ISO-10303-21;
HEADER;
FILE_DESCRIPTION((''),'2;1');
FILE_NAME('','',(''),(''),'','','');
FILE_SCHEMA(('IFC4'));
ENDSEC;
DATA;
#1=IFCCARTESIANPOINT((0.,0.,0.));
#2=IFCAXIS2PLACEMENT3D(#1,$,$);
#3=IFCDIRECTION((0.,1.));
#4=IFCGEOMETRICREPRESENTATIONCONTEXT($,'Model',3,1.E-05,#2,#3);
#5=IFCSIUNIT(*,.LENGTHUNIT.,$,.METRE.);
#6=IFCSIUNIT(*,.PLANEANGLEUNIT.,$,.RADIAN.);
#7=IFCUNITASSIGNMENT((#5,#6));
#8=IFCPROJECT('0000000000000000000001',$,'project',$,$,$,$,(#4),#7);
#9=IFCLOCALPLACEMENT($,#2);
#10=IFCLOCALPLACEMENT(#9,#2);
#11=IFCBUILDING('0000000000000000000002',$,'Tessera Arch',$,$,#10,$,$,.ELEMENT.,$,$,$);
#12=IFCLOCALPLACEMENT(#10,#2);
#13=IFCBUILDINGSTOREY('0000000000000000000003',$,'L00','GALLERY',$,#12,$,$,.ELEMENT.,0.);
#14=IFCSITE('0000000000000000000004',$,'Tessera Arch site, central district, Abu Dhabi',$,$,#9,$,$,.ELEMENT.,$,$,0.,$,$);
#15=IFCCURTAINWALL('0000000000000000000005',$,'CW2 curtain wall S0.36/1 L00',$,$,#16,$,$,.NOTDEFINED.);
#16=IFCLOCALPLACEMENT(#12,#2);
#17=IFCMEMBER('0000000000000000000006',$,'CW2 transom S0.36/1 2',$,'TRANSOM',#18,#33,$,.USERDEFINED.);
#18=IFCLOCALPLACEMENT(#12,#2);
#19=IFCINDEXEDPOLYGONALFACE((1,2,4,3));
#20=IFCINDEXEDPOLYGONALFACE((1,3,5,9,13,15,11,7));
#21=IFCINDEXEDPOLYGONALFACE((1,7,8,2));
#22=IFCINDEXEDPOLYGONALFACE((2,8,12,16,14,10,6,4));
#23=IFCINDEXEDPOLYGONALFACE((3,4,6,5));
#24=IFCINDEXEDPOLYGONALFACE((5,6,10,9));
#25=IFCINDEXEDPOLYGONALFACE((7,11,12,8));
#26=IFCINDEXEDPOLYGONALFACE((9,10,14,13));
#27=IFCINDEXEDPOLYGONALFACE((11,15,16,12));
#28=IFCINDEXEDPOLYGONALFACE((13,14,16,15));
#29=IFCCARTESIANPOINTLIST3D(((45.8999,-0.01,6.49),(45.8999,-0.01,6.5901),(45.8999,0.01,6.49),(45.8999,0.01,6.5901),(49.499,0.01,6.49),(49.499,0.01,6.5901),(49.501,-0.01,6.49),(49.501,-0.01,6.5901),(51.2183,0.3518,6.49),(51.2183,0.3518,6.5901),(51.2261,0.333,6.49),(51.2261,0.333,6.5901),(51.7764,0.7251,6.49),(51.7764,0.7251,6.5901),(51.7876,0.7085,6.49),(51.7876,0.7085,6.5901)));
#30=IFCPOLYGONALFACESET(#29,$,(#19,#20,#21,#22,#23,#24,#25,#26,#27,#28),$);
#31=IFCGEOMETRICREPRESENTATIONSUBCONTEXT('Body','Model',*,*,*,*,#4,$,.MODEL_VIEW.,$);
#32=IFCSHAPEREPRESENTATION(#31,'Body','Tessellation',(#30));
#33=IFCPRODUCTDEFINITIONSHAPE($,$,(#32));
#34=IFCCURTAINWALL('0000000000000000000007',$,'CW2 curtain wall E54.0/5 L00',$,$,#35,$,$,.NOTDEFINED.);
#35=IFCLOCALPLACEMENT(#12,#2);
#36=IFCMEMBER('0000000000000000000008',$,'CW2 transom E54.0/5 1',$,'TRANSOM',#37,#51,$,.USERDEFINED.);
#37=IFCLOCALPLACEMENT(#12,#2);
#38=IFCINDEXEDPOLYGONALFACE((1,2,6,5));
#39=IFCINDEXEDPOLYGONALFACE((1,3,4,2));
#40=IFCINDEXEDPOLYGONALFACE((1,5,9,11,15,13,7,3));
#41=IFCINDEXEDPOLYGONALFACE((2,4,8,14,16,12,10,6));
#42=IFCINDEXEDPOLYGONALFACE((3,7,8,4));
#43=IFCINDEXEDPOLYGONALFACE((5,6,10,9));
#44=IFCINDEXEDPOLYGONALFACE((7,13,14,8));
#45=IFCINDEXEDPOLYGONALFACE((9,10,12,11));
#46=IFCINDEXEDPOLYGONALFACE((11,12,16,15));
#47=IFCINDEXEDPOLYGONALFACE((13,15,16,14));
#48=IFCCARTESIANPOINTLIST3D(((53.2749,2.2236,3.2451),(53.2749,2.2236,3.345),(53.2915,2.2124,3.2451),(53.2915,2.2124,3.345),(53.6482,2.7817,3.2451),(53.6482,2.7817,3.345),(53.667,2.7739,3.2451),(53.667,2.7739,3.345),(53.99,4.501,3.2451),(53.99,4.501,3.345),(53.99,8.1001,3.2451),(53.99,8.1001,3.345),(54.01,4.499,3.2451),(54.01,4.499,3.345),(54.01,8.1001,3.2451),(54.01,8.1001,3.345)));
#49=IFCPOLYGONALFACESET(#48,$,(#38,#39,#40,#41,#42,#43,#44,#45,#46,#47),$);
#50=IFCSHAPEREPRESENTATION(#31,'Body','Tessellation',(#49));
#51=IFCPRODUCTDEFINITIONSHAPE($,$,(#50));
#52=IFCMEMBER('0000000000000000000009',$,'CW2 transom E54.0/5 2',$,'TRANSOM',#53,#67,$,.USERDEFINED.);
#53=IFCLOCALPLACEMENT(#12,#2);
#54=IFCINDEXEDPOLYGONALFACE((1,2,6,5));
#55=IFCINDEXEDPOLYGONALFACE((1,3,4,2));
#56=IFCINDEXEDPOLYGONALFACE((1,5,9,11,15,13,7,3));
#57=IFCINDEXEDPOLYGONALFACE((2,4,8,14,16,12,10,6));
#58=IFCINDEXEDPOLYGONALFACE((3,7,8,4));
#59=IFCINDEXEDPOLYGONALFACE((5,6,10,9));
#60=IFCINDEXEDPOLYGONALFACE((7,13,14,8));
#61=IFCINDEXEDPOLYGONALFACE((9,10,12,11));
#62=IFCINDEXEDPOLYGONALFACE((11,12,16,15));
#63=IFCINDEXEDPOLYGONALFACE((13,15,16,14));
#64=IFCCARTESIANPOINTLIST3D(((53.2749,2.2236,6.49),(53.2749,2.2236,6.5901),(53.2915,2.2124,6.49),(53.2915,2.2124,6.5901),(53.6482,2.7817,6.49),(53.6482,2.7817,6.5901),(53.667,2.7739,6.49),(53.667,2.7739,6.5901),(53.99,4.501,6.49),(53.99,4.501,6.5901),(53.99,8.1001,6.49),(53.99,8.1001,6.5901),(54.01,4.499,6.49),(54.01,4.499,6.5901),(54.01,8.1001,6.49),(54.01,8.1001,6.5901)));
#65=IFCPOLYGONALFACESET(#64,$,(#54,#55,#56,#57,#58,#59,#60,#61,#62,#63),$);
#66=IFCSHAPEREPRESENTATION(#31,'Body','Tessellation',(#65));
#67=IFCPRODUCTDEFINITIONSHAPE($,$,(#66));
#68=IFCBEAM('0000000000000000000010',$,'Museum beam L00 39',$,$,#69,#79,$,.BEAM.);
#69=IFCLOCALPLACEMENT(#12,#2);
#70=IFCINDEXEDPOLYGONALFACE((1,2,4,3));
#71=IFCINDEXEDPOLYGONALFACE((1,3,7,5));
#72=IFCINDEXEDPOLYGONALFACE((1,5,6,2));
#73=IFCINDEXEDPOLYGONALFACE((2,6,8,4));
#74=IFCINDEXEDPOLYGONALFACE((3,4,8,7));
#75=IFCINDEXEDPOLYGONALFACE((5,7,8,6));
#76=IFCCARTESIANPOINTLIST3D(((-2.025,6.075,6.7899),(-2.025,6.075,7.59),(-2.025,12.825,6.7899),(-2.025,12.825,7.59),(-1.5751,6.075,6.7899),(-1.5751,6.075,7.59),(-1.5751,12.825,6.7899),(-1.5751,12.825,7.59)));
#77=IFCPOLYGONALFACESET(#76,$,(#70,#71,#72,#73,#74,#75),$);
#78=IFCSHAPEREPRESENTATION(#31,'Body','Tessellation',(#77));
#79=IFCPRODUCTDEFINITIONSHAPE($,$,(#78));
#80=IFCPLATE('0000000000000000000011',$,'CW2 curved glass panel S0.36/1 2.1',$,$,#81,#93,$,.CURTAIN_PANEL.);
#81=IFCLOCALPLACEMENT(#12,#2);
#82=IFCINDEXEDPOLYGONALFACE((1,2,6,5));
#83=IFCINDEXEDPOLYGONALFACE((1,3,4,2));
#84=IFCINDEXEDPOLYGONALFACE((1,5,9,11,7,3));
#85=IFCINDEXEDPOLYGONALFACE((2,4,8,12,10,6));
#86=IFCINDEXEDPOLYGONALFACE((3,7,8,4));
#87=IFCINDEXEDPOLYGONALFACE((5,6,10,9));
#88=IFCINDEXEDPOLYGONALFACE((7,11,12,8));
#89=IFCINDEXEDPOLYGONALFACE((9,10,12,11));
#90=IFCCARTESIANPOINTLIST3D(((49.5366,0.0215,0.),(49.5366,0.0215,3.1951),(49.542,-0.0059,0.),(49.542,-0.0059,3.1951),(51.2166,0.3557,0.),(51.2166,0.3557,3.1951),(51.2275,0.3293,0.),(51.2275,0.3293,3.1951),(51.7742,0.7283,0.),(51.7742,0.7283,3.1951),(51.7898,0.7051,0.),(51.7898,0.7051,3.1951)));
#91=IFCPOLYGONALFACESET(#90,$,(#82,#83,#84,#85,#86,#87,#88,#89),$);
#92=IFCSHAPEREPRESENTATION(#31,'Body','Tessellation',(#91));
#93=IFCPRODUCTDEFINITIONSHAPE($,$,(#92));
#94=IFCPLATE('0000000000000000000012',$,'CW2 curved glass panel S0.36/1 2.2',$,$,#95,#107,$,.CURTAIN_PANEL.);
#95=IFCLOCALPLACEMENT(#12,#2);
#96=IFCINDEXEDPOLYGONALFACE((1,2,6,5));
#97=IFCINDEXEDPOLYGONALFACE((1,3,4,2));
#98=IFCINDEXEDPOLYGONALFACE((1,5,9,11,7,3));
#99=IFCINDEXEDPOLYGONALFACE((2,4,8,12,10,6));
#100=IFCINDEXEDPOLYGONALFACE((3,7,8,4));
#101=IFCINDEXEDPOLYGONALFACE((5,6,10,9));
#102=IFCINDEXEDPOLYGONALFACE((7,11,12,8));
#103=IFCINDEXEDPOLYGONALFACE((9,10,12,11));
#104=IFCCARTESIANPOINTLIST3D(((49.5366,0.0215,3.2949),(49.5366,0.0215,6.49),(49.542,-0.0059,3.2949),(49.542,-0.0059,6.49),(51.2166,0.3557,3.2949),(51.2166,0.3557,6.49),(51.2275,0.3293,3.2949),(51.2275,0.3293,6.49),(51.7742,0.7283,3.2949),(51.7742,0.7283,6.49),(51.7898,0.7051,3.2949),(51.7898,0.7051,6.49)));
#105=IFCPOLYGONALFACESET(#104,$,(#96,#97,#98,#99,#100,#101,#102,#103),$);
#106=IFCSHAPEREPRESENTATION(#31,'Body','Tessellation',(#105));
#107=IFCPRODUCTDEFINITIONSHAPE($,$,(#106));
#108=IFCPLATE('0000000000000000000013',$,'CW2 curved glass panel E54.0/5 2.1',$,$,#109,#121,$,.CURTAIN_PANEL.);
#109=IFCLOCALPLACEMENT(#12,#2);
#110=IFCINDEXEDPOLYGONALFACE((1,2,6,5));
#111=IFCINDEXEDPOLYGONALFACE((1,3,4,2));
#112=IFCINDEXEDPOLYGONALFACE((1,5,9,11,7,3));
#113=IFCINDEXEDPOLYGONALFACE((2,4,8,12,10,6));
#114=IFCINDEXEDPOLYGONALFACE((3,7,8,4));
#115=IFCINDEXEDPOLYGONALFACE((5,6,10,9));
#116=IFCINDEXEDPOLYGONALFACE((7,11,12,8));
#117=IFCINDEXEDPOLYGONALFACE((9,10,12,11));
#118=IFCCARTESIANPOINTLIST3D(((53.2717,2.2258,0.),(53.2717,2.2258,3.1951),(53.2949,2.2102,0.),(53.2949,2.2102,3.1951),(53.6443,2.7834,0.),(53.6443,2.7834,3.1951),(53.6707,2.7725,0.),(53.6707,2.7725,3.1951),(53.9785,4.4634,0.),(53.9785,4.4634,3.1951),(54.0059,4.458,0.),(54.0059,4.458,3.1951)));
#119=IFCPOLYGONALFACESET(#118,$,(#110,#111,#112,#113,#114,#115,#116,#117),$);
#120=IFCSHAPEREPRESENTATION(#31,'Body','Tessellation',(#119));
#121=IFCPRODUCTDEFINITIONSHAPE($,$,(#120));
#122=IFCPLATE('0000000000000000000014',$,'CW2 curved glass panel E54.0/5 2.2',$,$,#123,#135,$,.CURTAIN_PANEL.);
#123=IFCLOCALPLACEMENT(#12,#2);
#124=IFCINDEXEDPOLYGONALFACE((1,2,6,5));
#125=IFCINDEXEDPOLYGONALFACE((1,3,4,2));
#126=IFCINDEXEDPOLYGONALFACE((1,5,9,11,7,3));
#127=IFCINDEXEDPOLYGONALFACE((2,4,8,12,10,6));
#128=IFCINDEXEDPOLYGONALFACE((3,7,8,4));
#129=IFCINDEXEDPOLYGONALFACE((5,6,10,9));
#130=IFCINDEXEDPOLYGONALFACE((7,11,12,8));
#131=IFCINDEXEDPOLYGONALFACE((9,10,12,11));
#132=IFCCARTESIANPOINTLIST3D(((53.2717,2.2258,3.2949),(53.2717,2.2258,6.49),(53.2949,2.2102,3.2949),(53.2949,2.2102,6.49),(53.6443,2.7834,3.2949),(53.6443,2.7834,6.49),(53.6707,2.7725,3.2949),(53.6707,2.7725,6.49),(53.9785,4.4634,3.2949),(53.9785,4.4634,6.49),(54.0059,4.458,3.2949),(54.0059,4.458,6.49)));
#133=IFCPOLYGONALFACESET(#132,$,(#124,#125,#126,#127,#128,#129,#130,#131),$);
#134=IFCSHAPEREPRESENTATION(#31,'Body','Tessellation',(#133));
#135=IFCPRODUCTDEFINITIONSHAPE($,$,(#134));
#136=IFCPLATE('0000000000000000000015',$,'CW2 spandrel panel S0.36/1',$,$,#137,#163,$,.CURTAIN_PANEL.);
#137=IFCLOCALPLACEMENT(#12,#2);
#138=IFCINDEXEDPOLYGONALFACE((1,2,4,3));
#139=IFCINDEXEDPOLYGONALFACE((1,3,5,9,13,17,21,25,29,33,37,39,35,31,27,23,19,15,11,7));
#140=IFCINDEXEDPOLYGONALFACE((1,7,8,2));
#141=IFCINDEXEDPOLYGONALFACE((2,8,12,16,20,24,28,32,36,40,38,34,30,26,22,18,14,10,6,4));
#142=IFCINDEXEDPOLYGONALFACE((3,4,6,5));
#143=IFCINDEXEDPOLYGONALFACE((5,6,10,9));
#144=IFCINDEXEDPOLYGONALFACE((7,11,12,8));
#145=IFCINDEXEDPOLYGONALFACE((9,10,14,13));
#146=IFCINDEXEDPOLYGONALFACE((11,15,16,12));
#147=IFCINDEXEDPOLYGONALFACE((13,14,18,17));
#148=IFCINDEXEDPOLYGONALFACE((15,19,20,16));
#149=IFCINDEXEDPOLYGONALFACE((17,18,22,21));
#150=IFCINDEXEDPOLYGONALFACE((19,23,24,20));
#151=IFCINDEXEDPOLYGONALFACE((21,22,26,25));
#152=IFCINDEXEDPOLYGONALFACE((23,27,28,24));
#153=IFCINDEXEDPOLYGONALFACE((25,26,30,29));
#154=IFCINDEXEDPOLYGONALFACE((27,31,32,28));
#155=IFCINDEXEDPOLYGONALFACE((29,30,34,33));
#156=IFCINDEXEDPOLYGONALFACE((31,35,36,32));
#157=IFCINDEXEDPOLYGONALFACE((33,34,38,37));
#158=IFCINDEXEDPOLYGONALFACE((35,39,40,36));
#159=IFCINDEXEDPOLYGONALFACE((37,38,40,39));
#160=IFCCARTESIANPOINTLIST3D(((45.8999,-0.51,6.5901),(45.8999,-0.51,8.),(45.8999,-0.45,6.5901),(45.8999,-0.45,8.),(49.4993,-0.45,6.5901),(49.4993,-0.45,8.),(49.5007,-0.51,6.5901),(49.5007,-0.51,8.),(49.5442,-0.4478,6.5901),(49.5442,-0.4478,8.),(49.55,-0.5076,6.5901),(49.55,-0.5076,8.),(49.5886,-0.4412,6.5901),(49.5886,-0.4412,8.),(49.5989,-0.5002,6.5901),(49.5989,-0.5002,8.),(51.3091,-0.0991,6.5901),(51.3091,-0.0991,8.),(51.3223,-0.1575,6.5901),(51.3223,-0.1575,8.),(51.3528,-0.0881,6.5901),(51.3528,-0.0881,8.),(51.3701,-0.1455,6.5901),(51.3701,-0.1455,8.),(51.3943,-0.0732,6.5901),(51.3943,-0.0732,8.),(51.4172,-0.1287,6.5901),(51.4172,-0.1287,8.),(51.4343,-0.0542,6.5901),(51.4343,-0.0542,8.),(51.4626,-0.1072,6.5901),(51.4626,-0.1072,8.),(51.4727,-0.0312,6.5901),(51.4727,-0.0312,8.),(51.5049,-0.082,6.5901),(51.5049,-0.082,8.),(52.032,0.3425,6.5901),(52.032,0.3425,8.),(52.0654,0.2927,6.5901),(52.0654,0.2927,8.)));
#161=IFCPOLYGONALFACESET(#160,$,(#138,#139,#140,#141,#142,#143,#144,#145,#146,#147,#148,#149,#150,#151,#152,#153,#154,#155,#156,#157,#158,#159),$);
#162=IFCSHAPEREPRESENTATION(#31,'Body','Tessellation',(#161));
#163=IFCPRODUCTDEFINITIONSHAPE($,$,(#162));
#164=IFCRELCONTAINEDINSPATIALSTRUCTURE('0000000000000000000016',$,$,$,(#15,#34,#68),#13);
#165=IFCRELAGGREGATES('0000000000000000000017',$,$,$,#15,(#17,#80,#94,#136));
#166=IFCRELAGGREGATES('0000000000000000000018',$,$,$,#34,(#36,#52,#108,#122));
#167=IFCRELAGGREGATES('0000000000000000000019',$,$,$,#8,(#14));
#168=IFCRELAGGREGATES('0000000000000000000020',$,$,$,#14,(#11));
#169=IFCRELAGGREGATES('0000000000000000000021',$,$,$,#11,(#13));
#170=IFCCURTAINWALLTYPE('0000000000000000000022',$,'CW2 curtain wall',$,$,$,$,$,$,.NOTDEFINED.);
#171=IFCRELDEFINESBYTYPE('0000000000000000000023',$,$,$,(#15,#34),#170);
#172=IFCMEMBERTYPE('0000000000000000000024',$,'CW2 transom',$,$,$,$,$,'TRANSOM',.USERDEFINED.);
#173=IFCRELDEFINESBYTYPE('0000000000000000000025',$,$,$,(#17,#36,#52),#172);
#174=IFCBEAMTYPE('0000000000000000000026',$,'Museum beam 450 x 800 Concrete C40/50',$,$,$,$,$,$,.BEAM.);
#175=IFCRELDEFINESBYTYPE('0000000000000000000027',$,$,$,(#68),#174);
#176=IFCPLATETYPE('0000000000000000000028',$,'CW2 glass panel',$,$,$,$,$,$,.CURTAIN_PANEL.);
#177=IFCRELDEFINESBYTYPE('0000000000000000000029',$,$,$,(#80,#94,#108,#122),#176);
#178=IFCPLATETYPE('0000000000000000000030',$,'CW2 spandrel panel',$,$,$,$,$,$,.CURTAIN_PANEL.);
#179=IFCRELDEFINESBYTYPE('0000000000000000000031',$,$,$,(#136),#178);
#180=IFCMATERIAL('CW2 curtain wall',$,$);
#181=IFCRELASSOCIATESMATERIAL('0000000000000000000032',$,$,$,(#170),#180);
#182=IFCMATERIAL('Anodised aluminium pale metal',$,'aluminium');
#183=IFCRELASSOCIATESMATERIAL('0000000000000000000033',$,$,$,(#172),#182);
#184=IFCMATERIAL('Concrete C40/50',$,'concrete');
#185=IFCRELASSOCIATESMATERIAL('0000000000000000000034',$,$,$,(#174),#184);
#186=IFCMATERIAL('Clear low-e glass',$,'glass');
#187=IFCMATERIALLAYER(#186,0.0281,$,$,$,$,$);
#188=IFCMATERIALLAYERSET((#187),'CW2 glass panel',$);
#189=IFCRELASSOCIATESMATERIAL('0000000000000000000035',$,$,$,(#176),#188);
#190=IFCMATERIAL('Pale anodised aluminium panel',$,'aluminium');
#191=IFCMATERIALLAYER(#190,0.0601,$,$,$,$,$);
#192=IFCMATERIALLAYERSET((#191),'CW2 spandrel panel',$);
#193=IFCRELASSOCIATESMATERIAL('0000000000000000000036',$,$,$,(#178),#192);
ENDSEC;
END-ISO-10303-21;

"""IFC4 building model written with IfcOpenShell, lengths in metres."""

from ifc_helpers import new_model, si_unit, direction, frame, origin, origin_2d, place, context, subcontext, project, spatial, polyline, rectangle, outline, extrude, material, layer, layer_set, material_profile, profile_set, type_object, element, aggregate, save


model = new_model("IFC4")

# Units and contexts
model_context = context("Model", 3, precision=1e-05, world=origin(), true_north=direction((0.0, 1.0)))
body_context = subcontext(model_context, "Body", "Model", "MODEL_VIEW")
ifc_project = project(units=[si_unit("LENGTHUNIT", "METRE"), si_unit("PLANEANGLEUNIT", "RADIAN")], contexts=[model_context])

# Site, building, storey
site_placement = place(None, origin())
site = spatial("IfcSite", under=ifc_project, at=site_placement, Name="Tessera Arch site, central district, Abu Dhabi", CompositionType="ELEMENT", RefElevation=0.0)
building_placement = place(site_placement, origin())
building = spatial("IfcBuilding", under=site, at=building_placement, Name="Tessera Arch", CompositionType="ELEMENT")
storey_placement = place(building_placement, origin())
storey = spatial("IfcBuildingStorey", under=building, at=storey_placement, Name="L00", Description="GALLERY", CompositionType="ELEMENT", Elevation=0.0)

# Curtain wall, member
ifc_material_1 = material(Name="CW2 curtain wall")
curtain_wall_type = type_object("IfcCurtainWallType", Name="CW2 curtain wall", PredefinedType="NOTDEFINED", material=ifc_material_1)
curtain_wall_1_placement = place(storey_placement, origin())
curtain_wall_1 = element("IfcCurtainWall", 1, at=curtain_wall_1_placement, inside=storey, type_object=curtain_wall_type, Name="CW2 curtain wall S0.36/1 L00", PredefinedType="NOTDEFINED")
ifc_material_2 = material(Name="Anodised aluminium pale metal", Category="aluminium")
ifc_material_profile_1 = material_profile(ifc_material_2, rectangle(XDim=0.2, YDim=0.1001, at=origin_2d()), Name="AL 200x100")
ifc_profile_set_1 = profile_set([ifc_material_profile_1], Name="Anodised aluminium pale metal")
member_type = type_object("IfcMemberType", Name="CW2 transom", ElementType="TRANSOM", PredefinedType="USERDEFINED", material=ifc_profile_set_1)
member_1_placement = place(storey_placement, frame((0.0, 0.0, 6.49)))
member_1 = element("IfcMember", 2, at=member_1_placement, type_object=member_type, Name="CW2 transom S0.36/1 2", ObjectType="TRANSOM", PredefinedType="USERDEFINED", context=body_context, shape_type="SweptSolid", body=[
    extrude(outline(polyline([(49.499, 0.01), (45.8999, 0.01), (45.8999, -0.01), (49.501, -0.01), (51.2261, 0.333), (51.7876, 0.7085), (51.7764, 0.7251), (51.2183, 0.3518), (49.499, 0.01)])), origin(), (0.0, 0.0, 1.0), 0.1001),
])

# Curtain wall, members
curtain_wall_2_placement = place(storey_placement, origin())
curtain_wall_2 = element("IfcCurtainWall", 3, at=curtain_wall_2_placement, inside=storey, type_object=curtain_wall_type, Name="CW2 curtain wall E54.0/5 L00", PredefinedType="NOTDEFINED")
member_2_placement = place(storey_placement, frame((0.0, 0.0, 3.2451)))
member_2 = element("IfcMember", 4, at=member_2_placement, type_object=member_type, Name="CW2 transom E54.0/5 1", ObjectType="TRANSOM", PredefinedType="USERDEFINED", context=body_context, shape_type="SweptSolid", body=[
    extrude(outline(polyline([(53.6482, 2.7817), (53.2749, 2.2236), (53.2915, 2.2124), (53.667, 2.7739), (54.01, 4.499), (54.01, 8.1001), (53.99, 8.1001), (53.99, 4.501), (53.6482, 2.7817)])), origin(), (0.0, 0.0, 1.0), 0.0999),
])
member_3_placement = place(storey_placement, frame((0.0, 0.0, 6.49)))
member_3 = element("IfcMember", 5, at=member_3_placement, type_object=member_type, Name="CW2 transom E54.0/5 2", ObjectType="TRANSOM", PredefinedType="USERDEFINED", context=body_context, shape_type="SweptSolid", body=[
    extrude(outline(polyline([(53.6482, 2.7817), (53.2749, 2.2236), (53.2915, 2.2124), (53.667, 2.7739), (54.01, 4.499), (54.01, 8.1001), (53.99, 8.1001), (53.99, 4.501), (53.6482, 2.7817)])), origin(), (0.0, 0.0, 1.0), 0.1001),
])

# Beam
ifc_material_3 = material(Name="Concrete C40/50", Category="concrete")
ifc_material_profile_2 = material_profile(ifc_material_3, rectangle(XDim=0.45, YDim=0.8, at=origin_2d()), Name="Museum beam 450 x 800 Concrete C40/50")
ifc_profile_set_2 = profile_set([ifc_material_profile_2], Name="Concrete C40/50")
beam_type = type_object("IfcBeamType", Name="Museum beam 450 x 800 Concrete C40/50", PredefinedType="BEAM", material=ifc_profile_set_2)
beam_placement = place(storey_placement, frame((-1.8, 6.075, 7.1899), z_axis=(0.0, 1.0, 0.0), x_axis=(-1.0, 0.0, 0.0)))
element("IfcBeam", 6, at=beam_placement, inside=storey, type_object=beam_type, Name="Museum beam L00 39", PredefinedType="BEAM", context=body_context, shape_type="SweptSolid", body=[
    extrude(rectangle(XDim=0.45, YDim=0.8, at=origin_2d()), origin(), (0.0, 0.0, 1.0), 6.75),
])

# Plates
ifc_material_4 = material(Name="Clear low-e glass", Category="glass")
ifc_layer_1 = layer(ifc_material_4, 0.0281)
ifc_layer_set_1 = layer_set([ifc_layer_1], Name="CW2 glass panel")
plate_type_1 = type_object("IfcPlateType", Name="CW2 glass panel", PredefinedType="CURTAIN_PANEL", material=ifc_layer_set_1)
plate_1_placement = place(storey_placement, origin())
plate_1 = element("IfcPlate", 7, at=plate_1_placement, type_object=plate_type_1, Name="CW2 curved glass panel S0.36/1 2.1", PredefinedType="CURTAIN_PANEL", context=body_context, shape_type="SweptSolid", body=[
    extrude(outline(polyline([(51.2166, 0.3557), (49.5366, 0.0215), (49.542, -0.0059), (51.2275, 0.3293), (51.7898, 0.7051), (51.7742, 0.7283), (51.2166, 0.3557)])), origin(), (0.0, 0.0, 1.0), 3.1951),
])
plate_2_placement = place(storey_placement, frame((0.0, 0.0, 3.2949)))
plate_2 = element("IfcPlate", 8, at=plate_2_placement, type_object=plate_type_1, Name="CW2 curved glass panel S0.36/1 2.2", PredefinedType="CURTAIN_PANEL", context=body_context, shape_type="SweptSolid", body=[
    extrude(outline(polyline([(51.2166, 0.3557), (49.5366, 0.0215), (49.542, -0.0059), (51.2275, 0.3293), (51.7898, 0.7051), (51.7742, 0.7283), (51.2166, 0.3557)])), origin(), (0.0, 0.0, 1.0), 3.1951),
])
plate_3_placement = place(storey_placement, origin())
plate_3 = element("IfcPlate", 9, at=plate_3_placement, type_object=plate_type_1, Name="CW2 curved glass panel E54.0/5 2.1", PredefinedType="CURTAIN_PANEL", context=body_context, shape_type="SweptSolid", body=[
    extrude(outline(polyline([(53.6443, 2.7834), (53.2717, 2.2258), (53.2949, 2.2102), (53.6707, 2.7725), (54.0059, 4.458), (53.9785, 4.4634), (53.6443, 2.7834)])), origin(), (0.0, 0.0, 1.0), 3.1951),
])
plate_4_placement = place(storey_placement, frame((0.0, 0.0, 3.2949)))
plate_4 = element("IfcPlate", 10, at=plate_4_placement, type_object=plate_type_1, Name="CW2 curved glass panel E54.0/5 2.2", PredefinedType="CURTAIN_PANEL", context=body_context, shape_type="SweptSolid", body=[
    extrude(outline(polyline([(53.6443, 2.7834), (53.2717, 2.2258), (53.2949, 2.2102), (53.6707, 2.7725), (54.0059, 4.458), (53.9785, 4.4634), (53.6443, 2.7834)])), origin(), (0.0, 0.0, 1.0), 3.1951),
])
ifc_material_5 = material(Name="Pale anodised aluminium panel", Category="aluminium")
ifc_layer_2 = layer(ifc_material_5, 0.0601)
ifc_layer_set_2 = layer_set([ifc_layer_2], Name="CW2 spandrel panel")
plate_type_2 = type_object("IfcPlateType", Name="CW2 spandrel panel", PredefinedType="CURTAIN_PANEL", material=ifc_layer_set_2)
plate_5_placement = place(storey_placement, frame((0.0, 0.0, 6.5901)))
plate_5 = element("IfcPlate", 11, at=plate_5_placement, type_object=plate_type_2, Name="CW2 spandrel panel S0.36/1", PredefinedType="CURTAIN_PANEL", context=body_context, shape_type="SweptSolid", body=[
    extrude(outline(polyline([(49.4993, -0.45), (45.8999, -0.45), (45.8999, -0.51), (49.5007, -0.51), (49.55, -0.5076), (49.5989, -0.5002), (51.3223, -0.1575), (51.3701, -0.1455), (51.4172, -0.1287), (51.4626, -0.1072), (51.5049, -0.082), (52.0654, 0.2927), (52.032, 0.3425), (51.4727, -0.0312), (51.4343, -0.0542), (51.3943, -0.0732), (51.3528, -0.0881), (51.3091, -0.0991), (49.5886, -0.4412), (49.5442, -0.4478), (49.4993, -0.45)])), origin(), (0.0, 0.0, 1.0), 1.4099),
])
aggregate(curtain_wall_1, [member_1, plate_1, plate_2, plate_5])
aggregate(curtain_wall_2, [member_2, member_3, plate_3, plate_4])

save(model, "model.ifc")
